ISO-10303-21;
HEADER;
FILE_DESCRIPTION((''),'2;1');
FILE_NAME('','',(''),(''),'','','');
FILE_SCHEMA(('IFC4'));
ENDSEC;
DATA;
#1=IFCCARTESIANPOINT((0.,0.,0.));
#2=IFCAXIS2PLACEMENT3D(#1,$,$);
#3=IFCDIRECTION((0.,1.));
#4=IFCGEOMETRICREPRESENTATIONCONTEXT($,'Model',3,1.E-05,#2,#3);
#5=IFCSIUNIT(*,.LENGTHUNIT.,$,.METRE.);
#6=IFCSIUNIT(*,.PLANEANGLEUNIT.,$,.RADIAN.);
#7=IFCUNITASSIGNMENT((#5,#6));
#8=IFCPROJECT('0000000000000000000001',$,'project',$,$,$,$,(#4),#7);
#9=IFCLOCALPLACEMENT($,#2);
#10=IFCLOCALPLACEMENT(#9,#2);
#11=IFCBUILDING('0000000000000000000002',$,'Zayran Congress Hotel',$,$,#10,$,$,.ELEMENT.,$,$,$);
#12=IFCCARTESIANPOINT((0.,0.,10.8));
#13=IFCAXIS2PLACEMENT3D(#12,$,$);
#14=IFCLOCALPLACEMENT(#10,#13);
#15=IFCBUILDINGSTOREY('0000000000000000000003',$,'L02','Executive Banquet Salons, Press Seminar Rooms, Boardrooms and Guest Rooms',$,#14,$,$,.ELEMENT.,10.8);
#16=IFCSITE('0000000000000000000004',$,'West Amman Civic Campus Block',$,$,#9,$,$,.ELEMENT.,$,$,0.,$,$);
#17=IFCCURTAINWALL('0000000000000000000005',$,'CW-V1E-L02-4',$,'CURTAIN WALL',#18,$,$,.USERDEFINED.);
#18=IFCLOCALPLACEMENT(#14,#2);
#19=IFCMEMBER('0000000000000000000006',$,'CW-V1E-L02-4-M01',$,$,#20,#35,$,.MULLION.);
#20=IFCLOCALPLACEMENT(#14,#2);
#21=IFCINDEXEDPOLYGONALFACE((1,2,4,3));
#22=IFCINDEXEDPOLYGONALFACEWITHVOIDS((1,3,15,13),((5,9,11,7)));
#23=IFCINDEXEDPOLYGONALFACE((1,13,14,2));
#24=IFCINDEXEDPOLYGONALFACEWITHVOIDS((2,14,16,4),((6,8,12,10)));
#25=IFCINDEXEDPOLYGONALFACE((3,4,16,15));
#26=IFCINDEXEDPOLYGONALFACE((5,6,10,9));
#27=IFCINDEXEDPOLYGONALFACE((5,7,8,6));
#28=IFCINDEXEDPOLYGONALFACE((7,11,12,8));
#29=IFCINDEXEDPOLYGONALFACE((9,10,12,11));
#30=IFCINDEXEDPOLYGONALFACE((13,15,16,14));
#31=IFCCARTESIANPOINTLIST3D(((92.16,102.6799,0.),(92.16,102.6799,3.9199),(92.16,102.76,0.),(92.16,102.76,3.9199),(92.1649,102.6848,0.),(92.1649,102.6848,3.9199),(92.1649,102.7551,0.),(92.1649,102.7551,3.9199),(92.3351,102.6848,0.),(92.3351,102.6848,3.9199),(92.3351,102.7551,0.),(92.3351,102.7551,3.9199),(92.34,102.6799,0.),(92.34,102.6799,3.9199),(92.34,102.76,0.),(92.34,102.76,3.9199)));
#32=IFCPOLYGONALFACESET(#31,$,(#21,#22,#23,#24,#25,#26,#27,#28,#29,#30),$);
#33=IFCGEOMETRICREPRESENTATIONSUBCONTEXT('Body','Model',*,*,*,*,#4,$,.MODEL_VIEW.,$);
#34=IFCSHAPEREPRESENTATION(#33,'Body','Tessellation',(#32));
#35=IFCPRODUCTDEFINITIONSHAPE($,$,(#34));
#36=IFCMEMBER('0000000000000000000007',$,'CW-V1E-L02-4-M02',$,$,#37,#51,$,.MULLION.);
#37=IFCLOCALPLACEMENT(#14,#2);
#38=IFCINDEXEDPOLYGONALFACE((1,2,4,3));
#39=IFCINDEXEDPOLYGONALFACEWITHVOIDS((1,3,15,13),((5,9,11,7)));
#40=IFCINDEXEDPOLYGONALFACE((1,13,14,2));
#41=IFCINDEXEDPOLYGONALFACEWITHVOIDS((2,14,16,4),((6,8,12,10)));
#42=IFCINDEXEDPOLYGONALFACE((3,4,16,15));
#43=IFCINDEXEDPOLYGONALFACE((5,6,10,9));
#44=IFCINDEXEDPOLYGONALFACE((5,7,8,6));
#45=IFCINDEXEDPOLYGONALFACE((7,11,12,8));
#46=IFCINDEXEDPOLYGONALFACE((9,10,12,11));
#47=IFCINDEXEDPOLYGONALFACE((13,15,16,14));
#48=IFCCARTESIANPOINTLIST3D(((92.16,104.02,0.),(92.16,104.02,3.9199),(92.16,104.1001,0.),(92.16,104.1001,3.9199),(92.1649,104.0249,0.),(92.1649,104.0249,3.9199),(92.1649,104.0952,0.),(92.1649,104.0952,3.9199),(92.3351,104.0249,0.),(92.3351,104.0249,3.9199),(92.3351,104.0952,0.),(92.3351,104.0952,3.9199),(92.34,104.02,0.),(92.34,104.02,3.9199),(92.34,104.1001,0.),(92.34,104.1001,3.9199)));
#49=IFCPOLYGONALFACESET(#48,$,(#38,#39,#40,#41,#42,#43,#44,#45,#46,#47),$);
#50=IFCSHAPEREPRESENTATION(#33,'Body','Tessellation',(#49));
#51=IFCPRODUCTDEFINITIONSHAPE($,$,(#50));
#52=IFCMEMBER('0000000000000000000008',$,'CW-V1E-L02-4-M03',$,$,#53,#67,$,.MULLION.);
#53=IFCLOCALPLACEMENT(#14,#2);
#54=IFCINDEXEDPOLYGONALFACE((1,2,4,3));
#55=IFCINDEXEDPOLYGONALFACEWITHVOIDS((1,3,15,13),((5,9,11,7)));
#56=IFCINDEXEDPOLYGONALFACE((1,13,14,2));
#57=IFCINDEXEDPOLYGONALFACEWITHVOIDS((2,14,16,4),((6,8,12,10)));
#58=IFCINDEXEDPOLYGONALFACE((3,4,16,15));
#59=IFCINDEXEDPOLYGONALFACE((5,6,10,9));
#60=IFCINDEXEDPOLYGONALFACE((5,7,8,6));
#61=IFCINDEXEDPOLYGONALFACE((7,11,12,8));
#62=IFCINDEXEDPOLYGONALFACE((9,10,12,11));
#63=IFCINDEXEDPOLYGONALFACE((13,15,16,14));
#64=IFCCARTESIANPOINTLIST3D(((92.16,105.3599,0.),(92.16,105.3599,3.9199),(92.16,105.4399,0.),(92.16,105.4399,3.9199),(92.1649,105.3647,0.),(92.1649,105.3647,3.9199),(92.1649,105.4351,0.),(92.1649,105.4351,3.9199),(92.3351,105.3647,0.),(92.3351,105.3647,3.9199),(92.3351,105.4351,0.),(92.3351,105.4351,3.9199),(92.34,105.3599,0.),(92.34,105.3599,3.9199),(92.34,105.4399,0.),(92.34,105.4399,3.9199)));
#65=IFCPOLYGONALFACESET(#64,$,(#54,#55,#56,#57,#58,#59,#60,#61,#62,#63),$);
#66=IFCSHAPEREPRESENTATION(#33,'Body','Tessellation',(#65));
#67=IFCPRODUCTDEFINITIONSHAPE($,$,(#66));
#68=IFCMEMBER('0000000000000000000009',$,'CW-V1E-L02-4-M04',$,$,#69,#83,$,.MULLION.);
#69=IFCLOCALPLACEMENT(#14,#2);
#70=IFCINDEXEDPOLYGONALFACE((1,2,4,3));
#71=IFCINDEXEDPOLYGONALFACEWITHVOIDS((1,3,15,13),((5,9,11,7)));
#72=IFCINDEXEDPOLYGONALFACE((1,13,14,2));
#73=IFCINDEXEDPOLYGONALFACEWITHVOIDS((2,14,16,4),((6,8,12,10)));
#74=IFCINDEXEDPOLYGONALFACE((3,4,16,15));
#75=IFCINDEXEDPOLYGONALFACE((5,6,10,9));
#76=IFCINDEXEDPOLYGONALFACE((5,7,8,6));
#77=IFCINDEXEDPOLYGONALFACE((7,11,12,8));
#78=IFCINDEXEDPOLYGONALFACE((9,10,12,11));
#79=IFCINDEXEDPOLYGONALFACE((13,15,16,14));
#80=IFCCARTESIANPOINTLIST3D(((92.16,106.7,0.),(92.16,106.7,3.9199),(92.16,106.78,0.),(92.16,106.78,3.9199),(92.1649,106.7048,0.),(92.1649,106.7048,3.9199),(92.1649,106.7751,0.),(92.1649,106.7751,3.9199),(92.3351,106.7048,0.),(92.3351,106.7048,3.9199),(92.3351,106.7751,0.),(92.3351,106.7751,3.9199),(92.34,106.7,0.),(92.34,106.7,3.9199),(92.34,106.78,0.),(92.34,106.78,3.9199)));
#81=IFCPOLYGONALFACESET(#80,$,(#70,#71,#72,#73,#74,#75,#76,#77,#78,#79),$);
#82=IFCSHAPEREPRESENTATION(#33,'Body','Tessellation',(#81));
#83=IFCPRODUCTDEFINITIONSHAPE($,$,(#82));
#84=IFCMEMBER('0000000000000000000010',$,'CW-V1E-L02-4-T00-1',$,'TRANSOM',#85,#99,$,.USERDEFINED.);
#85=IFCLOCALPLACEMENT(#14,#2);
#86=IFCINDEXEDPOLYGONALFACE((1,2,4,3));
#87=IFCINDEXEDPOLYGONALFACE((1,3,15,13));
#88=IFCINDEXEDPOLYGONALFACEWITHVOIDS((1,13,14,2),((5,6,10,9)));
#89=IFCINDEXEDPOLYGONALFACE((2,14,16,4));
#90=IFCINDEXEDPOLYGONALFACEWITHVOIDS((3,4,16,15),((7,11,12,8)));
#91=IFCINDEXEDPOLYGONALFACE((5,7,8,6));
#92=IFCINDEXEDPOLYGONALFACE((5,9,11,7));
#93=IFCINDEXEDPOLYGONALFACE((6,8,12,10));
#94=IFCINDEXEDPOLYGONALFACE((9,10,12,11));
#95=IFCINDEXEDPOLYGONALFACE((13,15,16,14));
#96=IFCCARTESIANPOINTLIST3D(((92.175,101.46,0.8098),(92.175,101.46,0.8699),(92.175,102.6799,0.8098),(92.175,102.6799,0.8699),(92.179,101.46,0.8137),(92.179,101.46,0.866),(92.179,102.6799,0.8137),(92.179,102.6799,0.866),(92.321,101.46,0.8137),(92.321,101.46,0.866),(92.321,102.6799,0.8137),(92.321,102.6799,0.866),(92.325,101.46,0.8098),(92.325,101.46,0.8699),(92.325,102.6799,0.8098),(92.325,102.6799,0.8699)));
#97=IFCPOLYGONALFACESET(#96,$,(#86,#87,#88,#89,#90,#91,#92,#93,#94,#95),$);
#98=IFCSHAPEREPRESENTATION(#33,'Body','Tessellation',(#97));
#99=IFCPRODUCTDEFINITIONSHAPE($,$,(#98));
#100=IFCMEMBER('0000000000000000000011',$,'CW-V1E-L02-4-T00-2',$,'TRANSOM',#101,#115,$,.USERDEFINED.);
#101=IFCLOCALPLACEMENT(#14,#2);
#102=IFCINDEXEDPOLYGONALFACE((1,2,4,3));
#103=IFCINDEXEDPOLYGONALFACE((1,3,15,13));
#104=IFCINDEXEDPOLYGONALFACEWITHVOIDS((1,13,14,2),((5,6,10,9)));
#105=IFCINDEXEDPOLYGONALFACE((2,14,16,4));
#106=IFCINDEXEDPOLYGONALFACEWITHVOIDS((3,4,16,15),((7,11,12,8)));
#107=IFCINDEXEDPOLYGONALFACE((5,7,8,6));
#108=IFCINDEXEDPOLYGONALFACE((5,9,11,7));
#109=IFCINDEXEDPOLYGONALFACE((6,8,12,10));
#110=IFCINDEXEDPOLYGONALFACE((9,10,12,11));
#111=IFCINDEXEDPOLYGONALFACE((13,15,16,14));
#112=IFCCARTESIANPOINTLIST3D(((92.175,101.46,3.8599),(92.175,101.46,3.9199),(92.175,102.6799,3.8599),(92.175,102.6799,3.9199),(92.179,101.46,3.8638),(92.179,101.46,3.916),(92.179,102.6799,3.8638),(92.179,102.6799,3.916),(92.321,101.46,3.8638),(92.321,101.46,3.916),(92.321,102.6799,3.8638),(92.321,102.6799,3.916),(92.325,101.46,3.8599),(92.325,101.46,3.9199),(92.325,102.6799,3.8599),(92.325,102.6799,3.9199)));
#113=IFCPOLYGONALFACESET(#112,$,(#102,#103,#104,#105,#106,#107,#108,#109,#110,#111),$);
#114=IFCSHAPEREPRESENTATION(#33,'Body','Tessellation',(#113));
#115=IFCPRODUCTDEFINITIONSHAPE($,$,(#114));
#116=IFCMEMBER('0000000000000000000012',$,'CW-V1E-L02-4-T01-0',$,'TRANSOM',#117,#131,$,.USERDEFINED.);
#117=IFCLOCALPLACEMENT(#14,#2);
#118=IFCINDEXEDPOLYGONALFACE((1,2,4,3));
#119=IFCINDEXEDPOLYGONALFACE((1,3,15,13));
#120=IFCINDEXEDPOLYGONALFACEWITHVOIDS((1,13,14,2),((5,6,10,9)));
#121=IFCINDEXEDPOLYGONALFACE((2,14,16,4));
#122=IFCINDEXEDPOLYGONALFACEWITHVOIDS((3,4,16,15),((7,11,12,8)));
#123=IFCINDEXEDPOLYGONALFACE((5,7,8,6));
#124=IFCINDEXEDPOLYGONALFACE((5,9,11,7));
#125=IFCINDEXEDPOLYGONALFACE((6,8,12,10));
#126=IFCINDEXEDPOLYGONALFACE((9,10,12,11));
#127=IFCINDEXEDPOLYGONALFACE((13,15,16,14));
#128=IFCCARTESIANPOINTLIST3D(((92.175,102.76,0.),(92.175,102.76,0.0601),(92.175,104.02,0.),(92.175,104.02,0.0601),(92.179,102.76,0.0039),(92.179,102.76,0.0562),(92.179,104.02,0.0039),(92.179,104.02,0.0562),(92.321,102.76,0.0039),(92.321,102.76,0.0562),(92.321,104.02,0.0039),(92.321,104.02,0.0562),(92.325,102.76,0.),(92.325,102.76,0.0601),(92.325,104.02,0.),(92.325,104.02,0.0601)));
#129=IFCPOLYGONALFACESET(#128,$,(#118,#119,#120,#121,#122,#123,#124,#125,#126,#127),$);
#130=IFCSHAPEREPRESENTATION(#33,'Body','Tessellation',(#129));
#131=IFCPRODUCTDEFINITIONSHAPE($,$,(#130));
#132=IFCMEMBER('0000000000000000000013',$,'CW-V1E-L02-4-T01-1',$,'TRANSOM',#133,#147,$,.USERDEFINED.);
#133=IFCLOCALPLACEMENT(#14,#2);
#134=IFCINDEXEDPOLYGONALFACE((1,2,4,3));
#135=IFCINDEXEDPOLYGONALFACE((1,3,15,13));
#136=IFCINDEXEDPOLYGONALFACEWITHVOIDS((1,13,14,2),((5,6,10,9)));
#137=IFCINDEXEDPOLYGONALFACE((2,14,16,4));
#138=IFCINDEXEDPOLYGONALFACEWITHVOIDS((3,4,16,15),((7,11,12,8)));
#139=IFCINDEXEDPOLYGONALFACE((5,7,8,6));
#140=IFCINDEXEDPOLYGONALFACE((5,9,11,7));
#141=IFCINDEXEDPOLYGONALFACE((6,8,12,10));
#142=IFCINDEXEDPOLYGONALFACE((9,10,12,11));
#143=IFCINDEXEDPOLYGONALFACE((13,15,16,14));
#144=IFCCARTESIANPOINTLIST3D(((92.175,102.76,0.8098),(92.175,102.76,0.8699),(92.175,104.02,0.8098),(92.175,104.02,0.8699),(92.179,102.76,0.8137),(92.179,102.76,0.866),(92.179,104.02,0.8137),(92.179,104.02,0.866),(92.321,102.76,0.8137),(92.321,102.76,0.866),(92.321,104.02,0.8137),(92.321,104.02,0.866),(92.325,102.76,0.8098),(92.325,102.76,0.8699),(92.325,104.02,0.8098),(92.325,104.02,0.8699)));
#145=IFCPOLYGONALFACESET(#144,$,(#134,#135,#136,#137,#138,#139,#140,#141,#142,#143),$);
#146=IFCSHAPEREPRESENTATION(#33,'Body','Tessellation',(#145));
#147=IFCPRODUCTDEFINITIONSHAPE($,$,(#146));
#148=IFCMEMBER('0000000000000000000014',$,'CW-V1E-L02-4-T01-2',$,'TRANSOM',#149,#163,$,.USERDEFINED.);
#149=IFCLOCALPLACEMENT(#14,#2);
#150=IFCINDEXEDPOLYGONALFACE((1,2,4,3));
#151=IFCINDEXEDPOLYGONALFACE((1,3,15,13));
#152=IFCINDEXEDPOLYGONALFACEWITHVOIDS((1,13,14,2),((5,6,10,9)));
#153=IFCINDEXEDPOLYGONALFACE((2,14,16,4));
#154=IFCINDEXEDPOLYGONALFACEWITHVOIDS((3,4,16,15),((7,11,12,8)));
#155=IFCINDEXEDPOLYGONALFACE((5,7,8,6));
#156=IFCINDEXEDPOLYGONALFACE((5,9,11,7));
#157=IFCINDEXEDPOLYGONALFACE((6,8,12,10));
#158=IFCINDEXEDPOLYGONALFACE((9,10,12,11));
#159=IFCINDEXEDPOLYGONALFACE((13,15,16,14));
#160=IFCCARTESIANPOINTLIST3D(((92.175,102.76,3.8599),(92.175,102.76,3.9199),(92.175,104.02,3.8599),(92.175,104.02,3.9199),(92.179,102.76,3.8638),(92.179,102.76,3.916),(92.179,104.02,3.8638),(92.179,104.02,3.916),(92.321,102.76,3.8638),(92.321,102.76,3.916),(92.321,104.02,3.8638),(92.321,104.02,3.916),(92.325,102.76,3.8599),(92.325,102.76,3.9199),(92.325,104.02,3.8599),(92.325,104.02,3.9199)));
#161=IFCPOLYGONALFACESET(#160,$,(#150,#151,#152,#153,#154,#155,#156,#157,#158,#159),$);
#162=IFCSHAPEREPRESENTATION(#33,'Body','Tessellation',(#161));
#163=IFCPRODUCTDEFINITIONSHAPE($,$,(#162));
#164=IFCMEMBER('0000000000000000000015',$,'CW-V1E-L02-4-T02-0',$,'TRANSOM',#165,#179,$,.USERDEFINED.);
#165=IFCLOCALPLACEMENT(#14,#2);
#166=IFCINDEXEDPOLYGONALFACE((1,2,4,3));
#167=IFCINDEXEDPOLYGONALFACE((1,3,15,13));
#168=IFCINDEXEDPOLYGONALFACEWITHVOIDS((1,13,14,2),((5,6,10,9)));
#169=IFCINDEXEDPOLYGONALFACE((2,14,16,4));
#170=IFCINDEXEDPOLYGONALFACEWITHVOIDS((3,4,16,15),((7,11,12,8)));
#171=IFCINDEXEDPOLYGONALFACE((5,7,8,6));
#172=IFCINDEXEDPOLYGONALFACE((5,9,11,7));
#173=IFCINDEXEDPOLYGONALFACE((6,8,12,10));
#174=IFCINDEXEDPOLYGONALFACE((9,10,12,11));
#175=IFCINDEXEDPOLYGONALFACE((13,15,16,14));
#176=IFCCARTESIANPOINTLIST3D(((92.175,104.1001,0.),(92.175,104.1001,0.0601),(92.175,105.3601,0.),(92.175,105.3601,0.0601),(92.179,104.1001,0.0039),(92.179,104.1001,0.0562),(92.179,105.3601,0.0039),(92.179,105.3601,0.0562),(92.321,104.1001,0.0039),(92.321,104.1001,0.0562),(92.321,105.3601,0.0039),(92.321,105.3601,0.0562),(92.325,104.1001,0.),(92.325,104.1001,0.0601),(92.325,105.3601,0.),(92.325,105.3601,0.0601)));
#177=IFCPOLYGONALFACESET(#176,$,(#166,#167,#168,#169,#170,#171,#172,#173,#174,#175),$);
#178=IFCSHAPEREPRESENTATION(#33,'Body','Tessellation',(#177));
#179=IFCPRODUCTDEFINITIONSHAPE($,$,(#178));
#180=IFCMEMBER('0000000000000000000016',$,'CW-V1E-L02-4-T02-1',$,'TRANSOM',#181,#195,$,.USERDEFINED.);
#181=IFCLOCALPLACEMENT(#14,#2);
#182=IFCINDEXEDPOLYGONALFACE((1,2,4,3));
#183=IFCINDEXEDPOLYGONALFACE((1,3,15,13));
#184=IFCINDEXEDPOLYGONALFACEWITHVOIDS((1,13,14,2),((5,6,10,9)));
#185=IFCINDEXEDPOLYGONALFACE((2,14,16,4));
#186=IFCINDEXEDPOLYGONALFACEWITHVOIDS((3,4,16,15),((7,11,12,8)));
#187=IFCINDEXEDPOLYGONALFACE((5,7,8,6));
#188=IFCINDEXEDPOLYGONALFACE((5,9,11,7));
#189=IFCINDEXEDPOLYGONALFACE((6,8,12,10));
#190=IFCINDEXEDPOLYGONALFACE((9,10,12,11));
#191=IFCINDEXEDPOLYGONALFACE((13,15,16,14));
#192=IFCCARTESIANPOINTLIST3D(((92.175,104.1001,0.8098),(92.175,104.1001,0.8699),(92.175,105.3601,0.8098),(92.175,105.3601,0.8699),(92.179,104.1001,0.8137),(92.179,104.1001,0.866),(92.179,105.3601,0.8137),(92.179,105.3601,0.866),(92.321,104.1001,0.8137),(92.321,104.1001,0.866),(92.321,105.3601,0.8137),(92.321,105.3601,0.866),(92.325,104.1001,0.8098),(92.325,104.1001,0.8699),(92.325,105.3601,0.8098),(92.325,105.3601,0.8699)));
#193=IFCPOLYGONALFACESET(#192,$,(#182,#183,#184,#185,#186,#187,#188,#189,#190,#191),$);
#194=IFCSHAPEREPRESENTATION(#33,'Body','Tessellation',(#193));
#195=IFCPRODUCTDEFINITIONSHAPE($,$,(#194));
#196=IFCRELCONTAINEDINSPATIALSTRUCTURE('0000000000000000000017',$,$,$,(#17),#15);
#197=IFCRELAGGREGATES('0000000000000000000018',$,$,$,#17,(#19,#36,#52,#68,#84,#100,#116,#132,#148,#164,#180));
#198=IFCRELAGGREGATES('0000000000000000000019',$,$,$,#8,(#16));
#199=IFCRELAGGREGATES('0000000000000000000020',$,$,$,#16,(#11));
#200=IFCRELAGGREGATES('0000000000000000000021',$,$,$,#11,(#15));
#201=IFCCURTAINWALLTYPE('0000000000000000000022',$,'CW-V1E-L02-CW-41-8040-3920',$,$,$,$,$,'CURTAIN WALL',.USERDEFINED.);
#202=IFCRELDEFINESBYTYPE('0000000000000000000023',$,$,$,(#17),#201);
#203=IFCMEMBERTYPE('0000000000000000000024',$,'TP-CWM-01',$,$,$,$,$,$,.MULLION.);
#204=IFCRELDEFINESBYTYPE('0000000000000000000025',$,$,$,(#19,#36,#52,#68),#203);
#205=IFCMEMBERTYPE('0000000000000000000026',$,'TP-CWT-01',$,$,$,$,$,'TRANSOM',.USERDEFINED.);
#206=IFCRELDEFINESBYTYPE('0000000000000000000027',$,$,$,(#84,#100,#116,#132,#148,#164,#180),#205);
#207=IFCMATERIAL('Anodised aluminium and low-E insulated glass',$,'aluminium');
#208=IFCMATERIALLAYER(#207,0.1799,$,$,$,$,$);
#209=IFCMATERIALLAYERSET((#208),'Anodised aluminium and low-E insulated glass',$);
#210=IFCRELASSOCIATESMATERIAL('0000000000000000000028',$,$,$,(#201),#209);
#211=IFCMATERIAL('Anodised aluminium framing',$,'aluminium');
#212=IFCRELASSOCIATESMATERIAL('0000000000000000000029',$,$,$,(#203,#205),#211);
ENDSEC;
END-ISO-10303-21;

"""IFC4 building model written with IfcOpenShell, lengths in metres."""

from ifc_helpers import new_model, si_unit, direction, frame, origin, origin_2d, place, context, subcontext, project, spatial, hollow_rectangle, extrude, material, layer, layer_set, material_profile, profile_set, type_object, element, aggregate, save


model = new_model("IFC4")

# Units and contexts
model_context = context("Model", 3, precision=1e-05, world=origin(), true_north=direction((0.0, 1.0)))
body_context = subcontext(model_context, "Body", "Model", "MODEL_VIEW")
ifc_project = project(units=[si_unit("LENGTHUNIT", "METRE"), si_unit("PLANEANGLEUNIT", "RADIAN")], contexts=[model_context])

# Site, building, storey
site_placement = place(None, origin())
site = spatial("IfcSite", under=ifc_project, at=site_placement, Name="West Amman Civic Campus Block", CompositionType="ELEMENT", RefElevation=0.0)
building_placement = place(site_placement, origin())
building = spatial("IfcBuilding", under=site, at=building_placement, Name="Zayran Congress Hotel", CompositionType="ELEMENT")
storey_placement = place(building_placement, frame((0.0, 0.0, 10.8)))
storey = spatial("IfcBuildingStorey", under=building, at=storey_placement, Name="L02", Description="Executive Banquet Salons, Press Seminar Rooms, Boardrooms and Guest Rooms", CompositionType="ELEMENT", Elevation=10.8)

# Curtain wall, members
ifc_material_1 = material(Name="Anodised aluminium and low-E insulated glass", Category="aluminium")
ifc_layer_1 = layer(ifc_material_1, 0.1799)
ifc_layer_set_1 = layer_set([ifc_layer_1], Name="Anodised aluminium and low-E insulated glass")
curtain_wall_type = type_object("IfcCurtainWallType", Name="CW-V1E-L02-CW-41-8040-3920", ElementType="CURTAIN WALL", PredefinedType="USERDEFINED", material=ifc_layer_set_1)
curtain_wall_placement = place(storey_placement, origin())
curtain_wall = element("IfcCurtainWall", 1, at=curtain_wall_placement, inside=storey, type_object=curtain_wall_type, Name="CW-V1E-L02-4", ObjectType="CURTAIN WALL", PredefinedType="USERDEFINED")
ifc_material_2 = material(Name="Anodised aluminium framing", Category="aluminium")
ifc_material_profile_1 = material_profile(ifc_material_2, hollow_rectangle(XDim=0.0801, YDim=0.1799, WallThickness=0.0049, at=origin_2d()), Name="RHS 180x80x5")
ifc_profile_set_1 = profile_set([ifc_material_profile_1], Name="Anodised aluminium framing")
member_type_1 = type_object("IfcMemberType", Name="TP-CWM-01", PredefinedType="MULLION", material=ifc_profile_set_1)
member_1_placement = place(storey_placement, frame((92.25, 102.72, 0.0), z_axis=(0.0, 0.0, 1.0), x_axis=(0.0, 1.0, 0.0)))
member_1 = element("IfcMember", 2, at=member_1_placement, type_object=member_type_1, Name="CW-V1E-L02-4-M01", PredefinedType="MULLION", context=body_context, shape_type="SweptSolid", body=[
    extrude(hollow_rectangle(XDim=0.0801, YDim=0.1799, WallThickness=0.0049, at=origin_2d()), origin(), (0.0, 0.0, 1.0), 3.9199),
])
member_2_placement = place(storey_placement, frame((92.25, 104.0601, 0.0), z_axis=(0.0, 0.0, 1.0), x_axis=(0.0, 1.0, 0.0)))
member_2 = element("IfcMember", 3, at=member_2_placement, type_object=member_type_1, Name="CW-V1E-L02-4-M02", PredefinedType="MULLION", context=body_context, shape_type="SweptSolid", body=[
    extrude(hollow_rectangle(XDim=0.0801, YDim=0.1799, WallThickness=0.0049, at=origin_2d()), origin(), (0.0, 0.0, 1.0), 3.9199),
])
member_3_placement = place(storey_placement, frame((92.25, 105.3999, 0.0), z_axis=(0.0, 0.0, 1.0), x_axis=(0.0, 1.0, 0.0)))
member_3 = element("IfcMember", 4, at=member_3_placement, type_object=member_type_1, Name="CW-V1E-L02-4-M03", PredefinedType="MULLION", context=body_context, shape_type="SweptSolid", body=[
    extrude(hollow_rectangle(XDim=0.0801, YDim=0.1799, WallThickness=0.0049, at=origin_2d()), origin(), (0.0, 0.0, 1.0), 3.9199),
])
member_4_placement = place(storey_placement, frame((92.25, 106.74, 0.0), z_axis=(0.0, 0.0, 1.0), x_axis=(0.0, 1.0, 0.0)))
member_4 = element("IfcMember", 5, at=member_4_placement, type_object=member_type_1, Name="CW-V1E-L02-4-M04", PredefinedType="MULLION", context=body_context, shape_type="SweptSolid", body=[
    extrude(hollow_rectangle(XDim=0.0801, YDim=0.1799, WallThickness=0.0049, at=origin_2d()), origin(), (0.0, 0.0, 1.0), 3.9199),
])
ifc_material_profile_2 = material_profile(ifc_material_2, hollow_rectangle(XDim=0.0601, YDim=0.1499, WallThickness=0.0039, at=origin_2d()), Name="RHS 150x60x4")
ifc_profile_set_2 = profile_set([ifc_material_profile_2], Name="Anodised aluminium framing")
member_type_2 = type_object("IfcMemberType", Name="TP-CWT-01", ElementType="TRANSOM", PredefinedType="USERDEFINED", material=ifc_profile_set_2)
member_5_placement = place(storey_placement, frame((92.25, 101.46, 0.8398), z_axis=(0.0, 1.0, 0.0), x_axis=(0.0, 0.0, 1.0)))
member_5 = element("IfcMember", 6, at=member_5_placement, type_object=member_type_2, Name="CW-V1E-L02-4-T00-1", ObjectType="TRANSOM", PredefinedType="USERDEFINED", context=body_context, shape_type="SweptSolid", body=[
    extrude(hollow_rectangle(XDim=0.0601, YDim=0.1499, WallThickness=0.0039, at=origin_2d()), origin(), (0.0, 0.0, 1.0), 1.22),
])
member_6_placement = place(storey_placement, frame((92.25, 101.46, 3.8899), z_axis=(0.0, 1.0, 0.0), x_axis=(0.0, 0.0, 1.0)))
member_6 = element("IfcMember", 7, at=member_6_placement, type_object=member_type_2, Name="CW-V1E-L02-4-T00-2", ObjectType="TRANSOM", PredefinedType="USERDEFINED", context=body_context, shape_type="SweptSolid", body=[
    extrude(hollow_rectangle(XDim=0.0601, YDim=0.1499, WallThickness=0.0039, at=origin_2d()), origin(), (0.0, 0.0, 1.0), 1.22),
])
member_7_placement = place(storey_placement, frame((92.25, 102.76, 0.03), z_axis=(0.0, 1.0, 0.0), x_axis=(0.0, 0.0, 1.0)))
member_7 = element("IfcMember", 8, at=member_7_placement, type_object=member_type_2, Name="CW-V1E-L02-4-T01-0", ObjectType="TRANSOM", PredefinedType="USERDEFINED", context=body_context, shape_type="SweptSolid", body=[
    extrude(hollow_rectangle(XDim=0.0601, YDim=0.1499, WallThickness=0.0039, at=origin_2d()), origin(), (0.0, 0.0, 1.0), 1.26),
])
member_8_placement = place(storey_placement, frame((92.25, 102.76, 0.8398), z_axis=(0.0, 1.0, 0.0), x_axis=(0.0, 0.0, 1.0)))
member_8 = element("IfcMember", 9, at=member_8_placement, type_object=member_type_2, Name="CW-V1E-L02-4-T01-1", ObjectType="TRANSOM", PredefinedType="USERDEFINED", context=body_context, shape_type="SweptSolid", body=[
    extrude(hollow_rectangle(XDim=0.0601, YDim=0.1499, WallThickness=0.0039, at=origin_2d()), origin(), (0.0, 0.0, 1.0), 1.26),
])
member_9_placement = place(storey_placement, frame((92.25, 102.76, 3.8899), z_axis=(0.0, 1.0, 0.0), x_axis=(0.0, 0.0, 1.0)))
member_9 = element("IfcMember", 10, at=member_9_placement, type_object=member_type_2, Name="CW-V1E-L02-4-T01-2", ObjectType="TRANSOM", PredefinedType="USERDEFINED", context=body_context, shape_type="SweptSolid", body=[
    extrude(hollow_rectangle(XDim=0.0601, YDim=0.1499, WallThickness=0.0039, at=origin_2d()), origin(), (0.0, 0.0, 1.0), 1.26),
])
member_10_placement = place(storey_placement, frame((92.25, 104.1001, 0.03), z_axis=(0.0, 1.0, 0.0), x_axis=(0.0, 0.0, 1.0)))
member_10 = element("IfcMember", 11, at=member_10_placement, type_object=member_type_2, Name="CW-V1E-L02-4-T02-0", ObjectType="TRANSOM", PredefinedType="USERDEFINED", context=body_context, shape_type="SweptSolid", body=[
    extrude(hollow_rectangle(XDim=0.0601, YDim=0.1499, WallThickness=0.0039, at=origin_2d()), origin(), (0.0, 0.0, 1.0), 1.26),
])
member_11_placement = place(storey_placement, frame((92.25, 104.1001, 0.8398), z_axis=(0.0, 1.0, 0.0), x_axis=(0.0, 0.0, 1.0)))
member_11 = element("IfcMember", 12, at=member_11_placement, type_object=member_type_2, Name="CW-V1E-L02-4-T02-1", ObjectType="TRANSOM", PredefinedType="USERDEFINED", context=body_context, shape_type="SweptSolid", body=[
    extrude(hollow_rectangle(XDim=0.0601, YDim=0.1499, WallThickness=0.0039, at=origin_2d()), origin(), (0.0, 0.0, 1.0), 1.26),
])
aggregate(curtain_wall, [member_1, member_2, member_3, member_4, member_5, member_6, member_7, member_8, member_9, member_10, member_11])

save(model, "model.ifc")
